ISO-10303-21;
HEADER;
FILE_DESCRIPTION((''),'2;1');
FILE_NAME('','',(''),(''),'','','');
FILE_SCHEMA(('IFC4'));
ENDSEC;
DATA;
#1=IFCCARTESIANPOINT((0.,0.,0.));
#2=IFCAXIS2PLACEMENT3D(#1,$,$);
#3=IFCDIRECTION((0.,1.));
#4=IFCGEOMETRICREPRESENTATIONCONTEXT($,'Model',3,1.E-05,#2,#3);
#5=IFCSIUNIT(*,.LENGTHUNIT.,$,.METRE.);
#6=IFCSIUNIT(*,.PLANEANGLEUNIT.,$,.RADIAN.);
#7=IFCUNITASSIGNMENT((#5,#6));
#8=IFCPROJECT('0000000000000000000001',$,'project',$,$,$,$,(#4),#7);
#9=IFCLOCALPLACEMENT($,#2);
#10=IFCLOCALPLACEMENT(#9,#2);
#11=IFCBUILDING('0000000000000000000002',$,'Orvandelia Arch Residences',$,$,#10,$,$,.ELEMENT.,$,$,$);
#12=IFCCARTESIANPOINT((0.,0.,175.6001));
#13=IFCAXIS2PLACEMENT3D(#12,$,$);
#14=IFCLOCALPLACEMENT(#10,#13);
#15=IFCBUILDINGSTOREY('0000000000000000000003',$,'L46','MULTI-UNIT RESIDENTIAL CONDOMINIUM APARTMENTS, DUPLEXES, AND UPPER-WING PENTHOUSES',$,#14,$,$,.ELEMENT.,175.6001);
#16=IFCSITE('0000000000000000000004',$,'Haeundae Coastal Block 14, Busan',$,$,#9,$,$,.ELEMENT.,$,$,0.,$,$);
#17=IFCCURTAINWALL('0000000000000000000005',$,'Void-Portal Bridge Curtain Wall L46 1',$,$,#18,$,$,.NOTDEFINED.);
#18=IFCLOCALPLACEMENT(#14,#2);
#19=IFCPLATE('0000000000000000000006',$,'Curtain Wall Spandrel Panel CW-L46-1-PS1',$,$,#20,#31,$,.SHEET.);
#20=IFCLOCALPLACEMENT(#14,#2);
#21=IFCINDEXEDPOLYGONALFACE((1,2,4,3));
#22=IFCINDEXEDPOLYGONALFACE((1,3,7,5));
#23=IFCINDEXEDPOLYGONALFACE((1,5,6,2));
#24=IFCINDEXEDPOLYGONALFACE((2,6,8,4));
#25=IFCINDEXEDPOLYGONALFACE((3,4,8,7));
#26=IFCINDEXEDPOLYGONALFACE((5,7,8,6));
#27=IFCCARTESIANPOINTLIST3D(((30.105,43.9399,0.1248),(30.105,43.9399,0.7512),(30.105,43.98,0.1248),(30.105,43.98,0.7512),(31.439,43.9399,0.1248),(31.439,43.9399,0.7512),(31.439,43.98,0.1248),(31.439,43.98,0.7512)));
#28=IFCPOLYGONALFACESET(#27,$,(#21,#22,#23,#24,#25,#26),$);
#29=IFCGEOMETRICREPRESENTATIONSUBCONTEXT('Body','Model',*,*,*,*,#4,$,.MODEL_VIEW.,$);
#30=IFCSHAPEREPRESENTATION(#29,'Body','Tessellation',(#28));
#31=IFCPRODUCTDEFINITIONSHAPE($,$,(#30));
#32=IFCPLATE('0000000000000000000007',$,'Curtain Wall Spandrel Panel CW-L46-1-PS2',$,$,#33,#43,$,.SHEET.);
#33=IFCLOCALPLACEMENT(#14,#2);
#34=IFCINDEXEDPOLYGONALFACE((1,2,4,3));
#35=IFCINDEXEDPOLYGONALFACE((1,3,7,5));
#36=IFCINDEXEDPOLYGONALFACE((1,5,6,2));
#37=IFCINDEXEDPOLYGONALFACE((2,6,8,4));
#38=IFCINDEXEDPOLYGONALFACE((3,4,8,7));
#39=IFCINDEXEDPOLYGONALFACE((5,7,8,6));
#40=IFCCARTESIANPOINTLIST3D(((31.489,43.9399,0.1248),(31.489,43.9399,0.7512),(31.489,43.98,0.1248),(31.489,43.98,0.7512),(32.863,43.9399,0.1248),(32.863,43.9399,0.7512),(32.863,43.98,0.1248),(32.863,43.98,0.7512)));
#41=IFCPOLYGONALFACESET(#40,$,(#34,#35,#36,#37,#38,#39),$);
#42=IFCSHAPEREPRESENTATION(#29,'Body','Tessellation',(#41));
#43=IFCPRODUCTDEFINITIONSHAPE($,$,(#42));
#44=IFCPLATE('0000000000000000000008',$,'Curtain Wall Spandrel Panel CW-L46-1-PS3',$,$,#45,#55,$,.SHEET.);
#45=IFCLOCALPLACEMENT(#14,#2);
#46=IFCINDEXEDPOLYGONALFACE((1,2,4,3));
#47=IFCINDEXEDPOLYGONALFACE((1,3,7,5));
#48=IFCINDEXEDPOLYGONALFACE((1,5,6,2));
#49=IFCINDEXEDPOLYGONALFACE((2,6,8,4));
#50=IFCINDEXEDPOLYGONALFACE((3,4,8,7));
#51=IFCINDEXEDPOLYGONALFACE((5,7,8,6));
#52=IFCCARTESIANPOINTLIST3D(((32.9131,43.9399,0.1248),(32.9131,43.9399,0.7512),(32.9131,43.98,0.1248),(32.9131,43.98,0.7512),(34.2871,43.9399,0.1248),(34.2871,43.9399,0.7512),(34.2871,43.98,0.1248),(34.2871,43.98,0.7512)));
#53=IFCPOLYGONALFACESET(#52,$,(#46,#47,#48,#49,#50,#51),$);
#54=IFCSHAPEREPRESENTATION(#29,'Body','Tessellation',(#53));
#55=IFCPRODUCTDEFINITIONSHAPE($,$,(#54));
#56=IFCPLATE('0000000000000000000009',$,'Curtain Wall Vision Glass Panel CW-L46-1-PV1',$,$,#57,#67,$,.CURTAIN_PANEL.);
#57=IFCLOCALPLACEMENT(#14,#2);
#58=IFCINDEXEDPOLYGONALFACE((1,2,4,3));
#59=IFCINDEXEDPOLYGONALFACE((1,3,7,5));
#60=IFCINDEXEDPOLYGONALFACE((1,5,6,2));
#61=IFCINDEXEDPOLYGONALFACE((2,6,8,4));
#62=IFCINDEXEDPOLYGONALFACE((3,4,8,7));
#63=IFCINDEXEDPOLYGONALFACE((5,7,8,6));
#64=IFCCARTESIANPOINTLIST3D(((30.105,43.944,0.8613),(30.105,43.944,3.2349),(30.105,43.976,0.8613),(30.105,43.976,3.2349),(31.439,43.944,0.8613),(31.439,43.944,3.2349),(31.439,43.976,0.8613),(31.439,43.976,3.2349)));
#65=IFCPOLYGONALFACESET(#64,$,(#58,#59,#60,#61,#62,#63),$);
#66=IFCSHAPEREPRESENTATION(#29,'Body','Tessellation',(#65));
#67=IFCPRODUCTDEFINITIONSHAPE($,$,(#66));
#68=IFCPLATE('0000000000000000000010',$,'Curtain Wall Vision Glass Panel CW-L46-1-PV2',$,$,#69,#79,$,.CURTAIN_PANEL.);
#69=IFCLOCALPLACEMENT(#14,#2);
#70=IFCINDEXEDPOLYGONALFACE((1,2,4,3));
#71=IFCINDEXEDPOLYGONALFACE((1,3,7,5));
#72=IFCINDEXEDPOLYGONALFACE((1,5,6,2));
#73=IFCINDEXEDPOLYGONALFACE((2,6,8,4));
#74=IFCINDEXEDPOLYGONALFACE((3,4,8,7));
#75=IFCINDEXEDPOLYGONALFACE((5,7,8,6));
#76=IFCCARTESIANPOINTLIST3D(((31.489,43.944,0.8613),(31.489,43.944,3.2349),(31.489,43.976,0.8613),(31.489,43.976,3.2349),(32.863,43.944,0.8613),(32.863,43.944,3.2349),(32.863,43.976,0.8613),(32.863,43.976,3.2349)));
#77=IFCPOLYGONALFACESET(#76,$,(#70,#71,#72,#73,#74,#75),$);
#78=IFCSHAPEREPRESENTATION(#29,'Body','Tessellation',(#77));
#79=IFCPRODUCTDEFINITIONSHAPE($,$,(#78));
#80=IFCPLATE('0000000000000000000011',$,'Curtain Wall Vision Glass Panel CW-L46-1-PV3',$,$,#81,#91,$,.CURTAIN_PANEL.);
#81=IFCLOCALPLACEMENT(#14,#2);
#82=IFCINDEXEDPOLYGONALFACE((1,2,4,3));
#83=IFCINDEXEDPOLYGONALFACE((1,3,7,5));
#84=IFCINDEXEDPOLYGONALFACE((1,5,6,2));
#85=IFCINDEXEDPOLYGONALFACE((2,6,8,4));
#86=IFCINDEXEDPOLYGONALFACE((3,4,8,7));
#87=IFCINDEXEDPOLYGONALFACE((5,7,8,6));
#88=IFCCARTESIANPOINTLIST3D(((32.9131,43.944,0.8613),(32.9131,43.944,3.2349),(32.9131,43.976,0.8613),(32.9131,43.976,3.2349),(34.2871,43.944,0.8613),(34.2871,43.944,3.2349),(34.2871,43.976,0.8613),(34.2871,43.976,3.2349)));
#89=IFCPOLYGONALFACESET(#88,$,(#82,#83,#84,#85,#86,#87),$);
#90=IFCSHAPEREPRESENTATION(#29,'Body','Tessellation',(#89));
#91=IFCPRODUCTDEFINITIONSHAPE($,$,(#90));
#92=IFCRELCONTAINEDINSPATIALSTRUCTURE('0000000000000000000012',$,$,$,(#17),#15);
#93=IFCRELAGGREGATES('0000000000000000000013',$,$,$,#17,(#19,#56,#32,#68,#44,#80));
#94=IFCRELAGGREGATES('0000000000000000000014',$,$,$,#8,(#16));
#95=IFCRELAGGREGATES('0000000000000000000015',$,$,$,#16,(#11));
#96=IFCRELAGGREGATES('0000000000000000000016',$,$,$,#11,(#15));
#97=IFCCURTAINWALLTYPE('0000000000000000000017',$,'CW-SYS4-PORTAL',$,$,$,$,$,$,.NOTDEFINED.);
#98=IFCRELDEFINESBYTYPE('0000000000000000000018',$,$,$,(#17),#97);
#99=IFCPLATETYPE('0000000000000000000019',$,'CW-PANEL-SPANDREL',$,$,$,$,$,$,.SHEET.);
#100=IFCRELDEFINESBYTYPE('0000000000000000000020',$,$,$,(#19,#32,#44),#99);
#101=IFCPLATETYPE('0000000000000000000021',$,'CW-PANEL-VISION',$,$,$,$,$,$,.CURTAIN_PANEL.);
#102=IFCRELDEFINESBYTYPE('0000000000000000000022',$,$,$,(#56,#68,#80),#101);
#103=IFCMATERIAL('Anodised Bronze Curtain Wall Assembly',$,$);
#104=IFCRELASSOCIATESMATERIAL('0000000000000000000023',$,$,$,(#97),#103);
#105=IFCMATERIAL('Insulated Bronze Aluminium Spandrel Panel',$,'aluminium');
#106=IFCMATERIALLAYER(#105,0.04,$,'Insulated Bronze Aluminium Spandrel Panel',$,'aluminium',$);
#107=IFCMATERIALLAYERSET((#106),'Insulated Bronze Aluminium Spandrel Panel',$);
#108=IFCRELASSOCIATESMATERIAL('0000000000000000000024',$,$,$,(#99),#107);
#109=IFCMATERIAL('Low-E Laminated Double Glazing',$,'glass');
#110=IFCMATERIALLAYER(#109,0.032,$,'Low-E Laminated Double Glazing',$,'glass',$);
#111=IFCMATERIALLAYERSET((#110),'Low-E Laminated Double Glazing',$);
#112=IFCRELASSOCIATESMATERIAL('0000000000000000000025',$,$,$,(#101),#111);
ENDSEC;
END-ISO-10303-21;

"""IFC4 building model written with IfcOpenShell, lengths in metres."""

from ifc_helpers import new_model, si_unit, direction, frame, origin, origin_2d, place, context, subcontext, project, spatial, rectangle, extrude, material, layer, layer_set, type_object, element, aggregate, save


model = new_model("IFC4")

# Units and contexts
model_context = context("Model", 3, precision=1e-05, world=origin(), true_north=direction((0.0, 1.0)))
body_context = subcontext(model_context, "Body", "Model", "MODEL_VIEW")
ifc_project = project(units=[si_unit("LENGTHUNIT", "METRE"), si_unit("PLANEANGLEUNIT", "RADIAN")], contexts=[model_context])

# Site, building, storey
site_placement = place(None, origin())
site = spatial("IfcSite", under=ifc_project, at=site_placement, Name="Haeundae Coastal Block 14, Busan", CompositionType="ELEMENT", RefElevation=0.0)
building_placement = place(site_placement, origin())
building = spatial("IfcBuilding", under=site, at=building_placement, Name="Orvandelia Arch Residences", CompositionType="ELEMENT")
storey_placement = place(building_placement, frame((0.0, 0.0, 175.6001)))
storey = spatial("IfcBuildingStorey", under=building, at=storey_placement, Name="L46", Description="MULTI-UNIT RESIDENTIAL CONDOMINIUM APARTMENTS, DUPLEXES, AND UPPER-WING PENTHOUSES", CompositionType="ELEMENT", Elevation=175.6001)

# Curtain wall, plates
ifc_material_1 = material(Name="Anodised Bronze Curtain Wall Assembly")
curtain_wall_type = type_object("IfcCurtainWallType", Name="CW-SYS4-PORTAL", PredefinedType="NOTDEFINED", material=ifc_material_1)
curtain_wall_placement = place(storey_placement, origin())
curtain_wall = element("IfcCurtainWall", 1, at=curtain_wall_placement, inside=storey, type_object=curtain_wall_type, Name="Void-Portal Bridge Curtain Wall L46 1", PredefinedType="NOTDEFINED")
ifc_material_2 = material(Name="Insulated Bronze Aluminium Spandrel Panel", Category="aluminium")
ifc_layer_1 = layer(ifc_material_2, 0.04, Name="Insulated Bronze Aluminium Spandrel Panel", Category="aluminium")
ifc_layer_set_1 = layer_set([ifc_layer_1], Name="Insulated Bronze Aluminium Spandrel Panel")
plate_type_1 = type_object("IfcPlateType", Name="CW-PANEL-SPANDREL", PredefinedType="SHEET", material=ifc_layer_set_1)
plate_1_placement = place(storey_placement, frame((30.772, 43.96, 0.1248), z_axis=(0.0, 0.0, 1.0), x_axis=(1.0, 0.0, 0.0)))
plate_1 = element("IfcPlate", 2, at=plate_1_placement, type_object=plate_type_1, Name="Curtain Wall Spandrel Panel CW-L46-1-PS1", PredefinedType="SHEET", context=body_context, shape_type="SweptSolid", body=[
    extrude(rectangle(XDim=1.334, YDim=0.04, at=origin_2d()), origin(), (0.0, 0.0, 1.0), 0.6265),
])
plate_2_placement = place(storey_placement, frame((32.176, 43.96, 0.1248), z_axis=(0.0, 0.0, 1.0), x_axis=(1.0, 0.0, 0.0)))
plate_2 = element("IfcPlate", 3, at=plate_2_placement, type_object=plate_type_1, Name="Curtain Wall Spandrel Panel CW-L46-1-PS2", PredefinedType="SHEET", context=body_context, shape_type="SweptSolid", body=[
    extrude(rectangle(XDim=1.374, YDim=0.04, at=origin_2d()), origin(), (0.0, 0.0, 1.0), 0.6265),
])
plate_3_placement = place(storey_placement, frame((33.6001, 43.96, 0.1248), z_axis=(0.0, 0.0, 1.0), x_axis=(1.0, 0.0, 0.0)))
plate_3 = element("IfcPlate", 4, at=plate_3_placement, type_object=plate_type_1, Name="Curtain Wall Spandrel Panel CW-L46-1-PS3", PredefinedType="SHEET", context=body_context, shape_type="SweptSolid", body=[
    extrude(rectangle(XDim=1.374, YDim=0.04, at=origin_2d()), origin(), (0.0, 0.0, 1.0), 0.6265),
])
ifc_material_3 = material(Name="Low-E Laminated Double Glazing", Category="glass")
ifc_layer_2 = layer(ifc_material_3, 0.032, Name="Low-E Laminated Double Glazing", Category="glass")
ifc_layer_set_2 = layer_set([ifc_layer_2], Name="Low-E Laminated Double Glazing")
plate_type_2 = type_object("IfcPlateType", Name="CW-PANEL-VISION", PredefinedType="CURTAIN_PANEL", material=ifc_layer_set_2)
plate_4_placement = place(storey_placement, frame((30.772, 43.96, 0.8613), z_axis=(0.0, 0.0, 1.0), x_axis=(1.0, 0.0, 0.0)))
plate_4 = element("IfcPlate", 5, at=plate_4_placement, type_object=plate_type_2, Name="Curtain Wall Vision Glass Panel CW-L46-1-PV1", PredefinedType="CURTAIN_PANEL", context=body_context, shape_type="SweptSolid", body=[
    extrude(rectangle(XDim=1.334, YDim=0.032, at=origin_2d()), origin(), (0.0, 0.0, 1.0), 2.3735),
])
plate_5_placement = place(storey_placement, frame((32.176, 43.96, 0.8613), z_axis=(0.0, 0.0, 1.0), x_axis=(1.0, 0.0, 0.0)))
plate_5 = element("IfcPlate", 6, at=plate_5_placement, type_object=plate_type_2, Name="Curtain Wall Vision Glass Panel CW-L46-1-PV2", PredefinedType="CURTAIN_PANEL", context=body_context, shape_type="SweptSolid", body=[
    extrude(rectangle(XDim=1.374, YDim=0.032, at=origin_2d()), origin(), (0.0, 0.0, 1.0), 2.3735),
])
plate_6_placement = place(storey_placement, frame((33.6001, 43.96, 0.8613), z_axis=(0.0, 0.0, 1.0), x_axis=(1.0, 0.0, 0.0)))
plate_6 = element("IfcPlate", 7, at=plate_6_placement, type_object=plate_type_2, Name="Curtain Wall Vision Glass Panel CW-L46-1-PV3", PredefinedType="CURTAIN_PANEL", context=body_context, shape_type="SweptSolid", body=[
    extrude(rectangle(XDim=1.374, YDim=0.032, at=origin_2d()), origin(), (0.0, 0.0, 1.0), 2.3735),
])
aggregate(curtain_wall, [plate_1, plate_4, plate_2, plate_5, plate_3, plate_6])

save(model, "model.ifc")
